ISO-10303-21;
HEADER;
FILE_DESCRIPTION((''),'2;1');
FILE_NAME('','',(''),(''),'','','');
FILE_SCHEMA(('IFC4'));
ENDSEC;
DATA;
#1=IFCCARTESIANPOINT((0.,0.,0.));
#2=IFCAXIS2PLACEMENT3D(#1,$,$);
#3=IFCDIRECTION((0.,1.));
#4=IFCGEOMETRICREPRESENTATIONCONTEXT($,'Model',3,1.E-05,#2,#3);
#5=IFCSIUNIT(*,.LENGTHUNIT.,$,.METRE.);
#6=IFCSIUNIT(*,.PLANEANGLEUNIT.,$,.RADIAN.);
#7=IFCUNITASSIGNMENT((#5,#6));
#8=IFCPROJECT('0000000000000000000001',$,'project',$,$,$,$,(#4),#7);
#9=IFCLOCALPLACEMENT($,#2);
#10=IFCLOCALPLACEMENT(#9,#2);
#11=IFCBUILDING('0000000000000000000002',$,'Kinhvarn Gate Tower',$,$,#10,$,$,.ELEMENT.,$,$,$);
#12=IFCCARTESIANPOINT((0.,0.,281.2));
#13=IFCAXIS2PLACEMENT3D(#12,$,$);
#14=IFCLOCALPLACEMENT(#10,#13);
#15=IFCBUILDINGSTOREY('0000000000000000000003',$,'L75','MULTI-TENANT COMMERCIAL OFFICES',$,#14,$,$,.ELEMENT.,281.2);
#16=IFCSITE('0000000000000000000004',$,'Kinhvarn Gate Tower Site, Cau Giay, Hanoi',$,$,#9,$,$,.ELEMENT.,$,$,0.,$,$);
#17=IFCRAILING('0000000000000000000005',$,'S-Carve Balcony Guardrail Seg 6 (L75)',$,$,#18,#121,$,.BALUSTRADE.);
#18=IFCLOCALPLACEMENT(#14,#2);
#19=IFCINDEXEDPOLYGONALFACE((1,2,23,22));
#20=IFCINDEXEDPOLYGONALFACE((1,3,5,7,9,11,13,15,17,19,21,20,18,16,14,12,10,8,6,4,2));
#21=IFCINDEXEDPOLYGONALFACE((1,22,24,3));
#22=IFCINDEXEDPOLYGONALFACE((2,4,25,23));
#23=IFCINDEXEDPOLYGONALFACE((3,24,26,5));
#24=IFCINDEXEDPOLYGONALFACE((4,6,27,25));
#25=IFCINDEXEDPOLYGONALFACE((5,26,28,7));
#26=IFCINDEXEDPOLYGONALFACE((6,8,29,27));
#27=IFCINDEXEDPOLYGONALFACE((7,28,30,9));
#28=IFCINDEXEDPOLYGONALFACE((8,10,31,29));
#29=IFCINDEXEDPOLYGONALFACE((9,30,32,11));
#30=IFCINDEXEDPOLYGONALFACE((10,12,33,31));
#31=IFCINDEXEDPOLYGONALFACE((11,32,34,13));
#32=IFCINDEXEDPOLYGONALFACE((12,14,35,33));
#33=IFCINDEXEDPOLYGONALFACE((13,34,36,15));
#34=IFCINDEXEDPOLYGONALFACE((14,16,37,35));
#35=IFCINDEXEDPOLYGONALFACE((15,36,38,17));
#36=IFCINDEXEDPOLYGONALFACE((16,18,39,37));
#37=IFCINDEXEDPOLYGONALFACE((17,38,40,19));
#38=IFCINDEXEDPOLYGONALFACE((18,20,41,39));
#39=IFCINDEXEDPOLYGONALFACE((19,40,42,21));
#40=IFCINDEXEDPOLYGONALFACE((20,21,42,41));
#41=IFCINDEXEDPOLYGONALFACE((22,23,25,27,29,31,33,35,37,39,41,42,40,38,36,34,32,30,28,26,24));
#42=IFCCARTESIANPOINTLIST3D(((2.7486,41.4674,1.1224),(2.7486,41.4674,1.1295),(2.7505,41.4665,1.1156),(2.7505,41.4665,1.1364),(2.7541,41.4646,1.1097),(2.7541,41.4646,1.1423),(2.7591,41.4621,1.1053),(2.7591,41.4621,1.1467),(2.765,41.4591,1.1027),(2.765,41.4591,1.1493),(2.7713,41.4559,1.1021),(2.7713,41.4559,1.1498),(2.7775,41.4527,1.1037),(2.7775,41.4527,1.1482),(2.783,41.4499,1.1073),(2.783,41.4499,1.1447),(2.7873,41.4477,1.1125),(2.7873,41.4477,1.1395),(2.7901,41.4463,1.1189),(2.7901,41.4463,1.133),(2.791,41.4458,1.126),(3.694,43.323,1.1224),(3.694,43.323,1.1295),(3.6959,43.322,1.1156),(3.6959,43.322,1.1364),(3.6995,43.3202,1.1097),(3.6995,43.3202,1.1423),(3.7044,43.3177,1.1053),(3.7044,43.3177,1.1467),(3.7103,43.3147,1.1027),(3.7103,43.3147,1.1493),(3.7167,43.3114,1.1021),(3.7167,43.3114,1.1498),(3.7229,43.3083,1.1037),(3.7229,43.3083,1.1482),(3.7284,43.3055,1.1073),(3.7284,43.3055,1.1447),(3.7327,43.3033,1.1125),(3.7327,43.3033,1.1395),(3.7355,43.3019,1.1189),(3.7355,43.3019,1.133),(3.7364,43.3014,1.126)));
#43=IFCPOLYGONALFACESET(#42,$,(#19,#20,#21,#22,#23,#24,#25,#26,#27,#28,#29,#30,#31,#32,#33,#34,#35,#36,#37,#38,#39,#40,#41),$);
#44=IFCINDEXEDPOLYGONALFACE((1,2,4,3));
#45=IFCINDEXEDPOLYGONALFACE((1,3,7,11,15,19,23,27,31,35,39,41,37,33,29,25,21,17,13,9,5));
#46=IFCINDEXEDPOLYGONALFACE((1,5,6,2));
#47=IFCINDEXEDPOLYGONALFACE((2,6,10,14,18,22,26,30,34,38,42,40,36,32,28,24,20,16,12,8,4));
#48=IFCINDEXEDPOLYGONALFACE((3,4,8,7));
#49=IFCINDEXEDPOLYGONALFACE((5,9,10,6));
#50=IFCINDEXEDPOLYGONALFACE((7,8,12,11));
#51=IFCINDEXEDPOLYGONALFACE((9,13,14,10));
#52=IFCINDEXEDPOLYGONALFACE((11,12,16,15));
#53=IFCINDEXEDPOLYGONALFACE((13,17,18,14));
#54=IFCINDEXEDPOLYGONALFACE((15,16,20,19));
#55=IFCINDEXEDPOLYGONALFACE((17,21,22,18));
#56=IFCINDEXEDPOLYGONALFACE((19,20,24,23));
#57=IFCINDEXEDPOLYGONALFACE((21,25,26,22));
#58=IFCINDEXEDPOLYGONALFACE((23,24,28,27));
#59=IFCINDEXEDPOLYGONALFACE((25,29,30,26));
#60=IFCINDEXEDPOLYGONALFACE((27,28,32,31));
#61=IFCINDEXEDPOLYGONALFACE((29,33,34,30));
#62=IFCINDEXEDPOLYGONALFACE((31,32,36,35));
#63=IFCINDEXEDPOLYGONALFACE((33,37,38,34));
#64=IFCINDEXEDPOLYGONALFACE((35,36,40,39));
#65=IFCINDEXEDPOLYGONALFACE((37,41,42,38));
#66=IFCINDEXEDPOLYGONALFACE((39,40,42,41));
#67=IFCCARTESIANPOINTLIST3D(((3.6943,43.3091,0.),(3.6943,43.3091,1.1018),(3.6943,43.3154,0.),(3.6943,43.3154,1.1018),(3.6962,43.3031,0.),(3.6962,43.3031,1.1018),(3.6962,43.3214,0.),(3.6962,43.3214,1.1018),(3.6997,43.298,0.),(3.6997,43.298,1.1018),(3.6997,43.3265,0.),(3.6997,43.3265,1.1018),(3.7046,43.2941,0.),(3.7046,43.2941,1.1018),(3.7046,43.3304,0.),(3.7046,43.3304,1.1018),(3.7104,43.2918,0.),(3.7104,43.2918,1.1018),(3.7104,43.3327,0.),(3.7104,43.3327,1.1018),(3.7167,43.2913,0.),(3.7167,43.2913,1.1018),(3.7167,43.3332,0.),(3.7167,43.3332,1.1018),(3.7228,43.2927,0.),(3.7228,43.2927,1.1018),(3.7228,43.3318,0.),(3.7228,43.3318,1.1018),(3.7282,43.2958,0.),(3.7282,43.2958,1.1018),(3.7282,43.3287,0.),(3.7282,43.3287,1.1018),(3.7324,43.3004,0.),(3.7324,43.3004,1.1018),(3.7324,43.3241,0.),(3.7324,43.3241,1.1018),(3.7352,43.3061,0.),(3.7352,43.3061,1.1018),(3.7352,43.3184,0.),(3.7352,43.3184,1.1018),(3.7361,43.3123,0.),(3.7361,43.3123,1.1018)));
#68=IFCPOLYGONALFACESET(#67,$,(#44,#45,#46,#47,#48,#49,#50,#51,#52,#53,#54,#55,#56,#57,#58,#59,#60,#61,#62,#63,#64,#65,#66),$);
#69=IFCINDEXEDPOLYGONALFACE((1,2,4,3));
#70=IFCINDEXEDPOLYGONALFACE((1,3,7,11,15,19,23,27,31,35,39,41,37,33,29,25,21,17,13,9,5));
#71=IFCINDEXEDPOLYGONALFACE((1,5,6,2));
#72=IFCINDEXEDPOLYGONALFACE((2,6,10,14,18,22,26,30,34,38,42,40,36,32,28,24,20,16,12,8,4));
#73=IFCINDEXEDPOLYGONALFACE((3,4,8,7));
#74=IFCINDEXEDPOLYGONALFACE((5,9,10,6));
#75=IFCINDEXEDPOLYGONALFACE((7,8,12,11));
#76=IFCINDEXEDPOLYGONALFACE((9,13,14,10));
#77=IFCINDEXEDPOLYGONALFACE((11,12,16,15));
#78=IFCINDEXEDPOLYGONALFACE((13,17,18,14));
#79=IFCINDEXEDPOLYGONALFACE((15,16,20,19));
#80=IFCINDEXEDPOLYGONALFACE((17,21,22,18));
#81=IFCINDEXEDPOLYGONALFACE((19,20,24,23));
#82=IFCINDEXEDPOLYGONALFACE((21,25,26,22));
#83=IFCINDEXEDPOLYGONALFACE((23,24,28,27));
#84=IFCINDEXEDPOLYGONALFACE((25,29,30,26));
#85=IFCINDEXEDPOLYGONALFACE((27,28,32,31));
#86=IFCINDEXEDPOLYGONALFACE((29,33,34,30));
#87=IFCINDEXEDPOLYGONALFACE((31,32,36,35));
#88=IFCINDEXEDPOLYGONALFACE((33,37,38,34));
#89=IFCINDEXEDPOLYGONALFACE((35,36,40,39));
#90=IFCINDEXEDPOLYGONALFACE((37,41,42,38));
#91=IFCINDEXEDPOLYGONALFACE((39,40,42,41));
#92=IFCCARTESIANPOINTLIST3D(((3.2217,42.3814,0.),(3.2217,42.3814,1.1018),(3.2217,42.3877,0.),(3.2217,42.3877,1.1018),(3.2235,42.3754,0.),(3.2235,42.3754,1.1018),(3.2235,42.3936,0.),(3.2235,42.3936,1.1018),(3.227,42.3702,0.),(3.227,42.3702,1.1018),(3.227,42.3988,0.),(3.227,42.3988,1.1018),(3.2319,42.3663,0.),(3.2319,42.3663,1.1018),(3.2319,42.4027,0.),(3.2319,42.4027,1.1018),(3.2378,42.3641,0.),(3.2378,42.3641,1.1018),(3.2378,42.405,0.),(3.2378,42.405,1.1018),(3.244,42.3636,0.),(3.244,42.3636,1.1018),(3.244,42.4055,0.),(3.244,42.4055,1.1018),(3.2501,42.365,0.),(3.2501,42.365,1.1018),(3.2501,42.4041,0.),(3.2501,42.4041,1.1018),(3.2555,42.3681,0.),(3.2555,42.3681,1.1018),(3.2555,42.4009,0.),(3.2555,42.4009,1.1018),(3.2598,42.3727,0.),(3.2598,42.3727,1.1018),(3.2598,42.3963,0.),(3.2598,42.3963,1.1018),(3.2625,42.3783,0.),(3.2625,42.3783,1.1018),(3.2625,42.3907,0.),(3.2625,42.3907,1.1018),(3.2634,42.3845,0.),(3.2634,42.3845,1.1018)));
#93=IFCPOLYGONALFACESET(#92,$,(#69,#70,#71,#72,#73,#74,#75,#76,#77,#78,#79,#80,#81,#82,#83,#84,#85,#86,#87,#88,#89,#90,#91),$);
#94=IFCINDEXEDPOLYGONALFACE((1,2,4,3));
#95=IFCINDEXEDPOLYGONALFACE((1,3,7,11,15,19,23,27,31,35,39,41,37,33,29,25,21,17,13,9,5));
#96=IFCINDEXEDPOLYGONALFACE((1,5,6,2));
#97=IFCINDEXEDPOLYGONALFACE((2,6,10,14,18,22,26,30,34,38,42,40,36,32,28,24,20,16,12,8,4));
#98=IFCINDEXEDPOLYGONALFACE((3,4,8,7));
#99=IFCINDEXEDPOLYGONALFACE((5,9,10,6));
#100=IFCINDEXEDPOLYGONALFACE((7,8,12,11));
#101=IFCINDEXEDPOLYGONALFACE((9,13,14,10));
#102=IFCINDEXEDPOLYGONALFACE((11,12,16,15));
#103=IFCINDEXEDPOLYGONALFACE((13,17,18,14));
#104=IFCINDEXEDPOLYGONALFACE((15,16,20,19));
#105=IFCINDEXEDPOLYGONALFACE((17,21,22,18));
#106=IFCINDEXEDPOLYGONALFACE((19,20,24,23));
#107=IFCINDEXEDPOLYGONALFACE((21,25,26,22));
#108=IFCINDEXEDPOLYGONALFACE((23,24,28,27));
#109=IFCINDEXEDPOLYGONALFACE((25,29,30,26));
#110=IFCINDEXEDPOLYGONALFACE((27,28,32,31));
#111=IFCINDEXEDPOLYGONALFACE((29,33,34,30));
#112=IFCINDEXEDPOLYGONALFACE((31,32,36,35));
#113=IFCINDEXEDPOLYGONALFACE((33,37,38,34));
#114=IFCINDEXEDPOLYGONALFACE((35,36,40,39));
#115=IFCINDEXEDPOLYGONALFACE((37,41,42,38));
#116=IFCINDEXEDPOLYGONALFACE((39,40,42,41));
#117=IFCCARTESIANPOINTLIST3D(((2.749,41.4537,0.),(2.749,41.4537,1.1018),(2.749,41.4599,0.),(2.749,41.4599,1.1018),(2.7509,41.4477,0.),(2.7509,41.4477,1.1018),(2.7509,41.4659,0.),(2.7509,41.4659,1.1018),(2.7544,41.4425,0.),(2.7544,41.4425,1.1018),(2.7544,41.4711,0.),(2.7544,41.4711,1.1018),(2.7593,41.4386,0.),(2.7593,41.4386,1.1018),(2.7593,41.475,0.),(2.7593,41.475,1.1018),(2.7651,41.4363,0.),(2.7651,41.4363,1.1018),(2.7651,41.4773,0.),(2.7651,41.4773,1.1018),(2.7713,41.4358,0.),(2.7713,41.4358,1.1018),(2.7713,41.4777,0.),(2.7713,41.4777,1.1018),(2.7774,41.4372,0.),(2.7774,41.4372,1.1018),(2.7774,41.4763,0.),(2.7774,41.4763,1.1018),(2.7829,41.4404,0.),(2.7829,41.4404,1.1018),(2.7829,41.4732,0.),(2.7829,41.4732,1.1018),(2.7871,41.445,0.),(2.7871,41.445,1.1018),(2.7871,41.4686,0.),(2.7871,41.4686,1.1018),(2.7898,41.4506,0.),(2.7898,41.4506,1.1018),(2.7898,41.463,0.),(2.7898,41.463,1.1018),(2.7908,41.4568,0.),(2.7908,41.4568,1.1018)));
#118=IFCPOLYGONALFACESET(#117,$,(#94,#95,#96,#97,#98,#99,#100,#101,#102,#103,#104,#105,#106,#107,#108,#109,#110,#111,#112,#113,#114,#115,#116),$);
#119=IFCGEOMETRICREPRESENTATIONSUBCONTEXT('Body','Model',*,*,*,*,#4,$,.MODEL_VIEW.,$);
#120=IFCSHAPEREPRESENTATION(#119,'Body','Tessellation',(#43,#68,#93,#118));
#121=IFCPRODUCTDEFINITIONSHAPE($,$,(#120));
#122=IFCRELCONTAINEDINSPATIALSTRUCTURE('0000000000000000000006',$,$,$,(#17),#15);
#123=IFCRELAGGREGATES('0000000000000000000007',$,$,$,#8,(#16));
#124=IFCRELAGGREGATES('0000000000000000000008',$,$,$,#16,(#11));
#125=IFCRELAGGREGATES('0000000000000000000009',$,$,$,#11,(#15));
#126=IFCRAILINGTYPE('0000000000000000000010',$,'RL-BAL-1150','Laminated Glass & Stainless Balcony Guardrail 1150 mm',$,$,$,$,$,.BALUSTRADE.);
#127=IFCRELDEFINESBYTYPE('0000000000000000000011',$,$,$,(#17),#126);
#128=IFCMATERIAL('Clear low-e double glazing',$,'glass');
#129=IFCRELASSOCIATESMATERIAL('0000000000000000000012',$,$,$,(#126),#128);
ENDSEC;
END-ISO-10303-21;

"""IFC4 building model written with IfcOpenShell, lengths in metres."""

from ifc_helpers import new_model, si_unit, direction, frame, origin, origin_2d, place, context, subcontext, project, spatial, circle, extrude, material, type_object, element, save


model = new_model("IFC4")

# Units and contexts
model_context = context("Model", 3, precision=1e-05, world=origin(), true_north=direction((0.0, 1.0)))
body_context = subcontext(model_context, "Body", "Model", "MODEL_VIEW")
ifc_project = project(units=[si_unit("LENGTHUNIT", "METRE"), si_unit("PLANEANGLEUNIT", "RADIAN")], contexts=[model_context])

# Site, building, storey
site_placement = place(None, origin())
site = spatial("IfcSite", under=ifc_project, at=site_placement, Name="Kinhvarn Gate Tower Site, Cau Giay, Hanoi", CompositionType="ELEMENT", RefElevation=0.0)
building_placement = place(site_placement, origin())
building = spatial("IfcBuilding", under=site, at=building_placement, Name="Kinhvarn Gate Tower", CompositionType="ELEMENT")
storey_placement = place(building_placement, frame((0.0, 0.0, 281.2)))
storey = spatial("IfcBuildingStorey", under=building, at=storey_placement, Name="L75", Description="MULTI-TENANT COMMERCIAL OFFICES", CompositionType="ELEMENT", Elevation=281.2)

# Shared definitions
ifc_material_1 = material(Name="Clear low-e double glazing", Category="glass")

# Railing
railing_type = type_object("IfcRailingType", Name="RL-BAL-1150", Description="Laminated Glass & Stainless Balcony Guardrail 1150 mm", PredefinedType="BALUSTRADE", material=ifc_material_1)
railing_1_placement = place(storey_placement, frame((3.7151, 43.3123, 0.0)))
element("IfcRailing", 1, at=railing_1_placement, inside=storey, type_object=railing_type, Name="S-Carve Balcony Guardrail Seg 6 (L75)", PredefinedType="BALUSTRADE", context=body_context, shape_type="SweptSolid", body=[
    extrude(circle(Radius=0.0239, at=origin_2d()), frame((0.0, 0.0, 1.126), z_axis=(-0.453954, -0.891025, 0.0), x_axis=(0.891025, -0.453954, 0.0)), (0.0, 0.0, 1.0), 2.0825),
    extrude(circle(Radius=0.021, at=origin_2d()), origin(), (0.0, 0.0, 1.0), 1.1018),
    extrude(circle(Radius=0.021, at=origin_2d()), frame((-0.4727, -0.9277, 0.0)), (0.0, 0.0, 1.0), 1.1018),
    extrude(circle(Radius=0.021, at=origin_2d()), frame((-0.9453, -1.8555, 0.0)), (0.0, 0.0, 1.0), 1.1018),
])

save(model, "model.ifc")
